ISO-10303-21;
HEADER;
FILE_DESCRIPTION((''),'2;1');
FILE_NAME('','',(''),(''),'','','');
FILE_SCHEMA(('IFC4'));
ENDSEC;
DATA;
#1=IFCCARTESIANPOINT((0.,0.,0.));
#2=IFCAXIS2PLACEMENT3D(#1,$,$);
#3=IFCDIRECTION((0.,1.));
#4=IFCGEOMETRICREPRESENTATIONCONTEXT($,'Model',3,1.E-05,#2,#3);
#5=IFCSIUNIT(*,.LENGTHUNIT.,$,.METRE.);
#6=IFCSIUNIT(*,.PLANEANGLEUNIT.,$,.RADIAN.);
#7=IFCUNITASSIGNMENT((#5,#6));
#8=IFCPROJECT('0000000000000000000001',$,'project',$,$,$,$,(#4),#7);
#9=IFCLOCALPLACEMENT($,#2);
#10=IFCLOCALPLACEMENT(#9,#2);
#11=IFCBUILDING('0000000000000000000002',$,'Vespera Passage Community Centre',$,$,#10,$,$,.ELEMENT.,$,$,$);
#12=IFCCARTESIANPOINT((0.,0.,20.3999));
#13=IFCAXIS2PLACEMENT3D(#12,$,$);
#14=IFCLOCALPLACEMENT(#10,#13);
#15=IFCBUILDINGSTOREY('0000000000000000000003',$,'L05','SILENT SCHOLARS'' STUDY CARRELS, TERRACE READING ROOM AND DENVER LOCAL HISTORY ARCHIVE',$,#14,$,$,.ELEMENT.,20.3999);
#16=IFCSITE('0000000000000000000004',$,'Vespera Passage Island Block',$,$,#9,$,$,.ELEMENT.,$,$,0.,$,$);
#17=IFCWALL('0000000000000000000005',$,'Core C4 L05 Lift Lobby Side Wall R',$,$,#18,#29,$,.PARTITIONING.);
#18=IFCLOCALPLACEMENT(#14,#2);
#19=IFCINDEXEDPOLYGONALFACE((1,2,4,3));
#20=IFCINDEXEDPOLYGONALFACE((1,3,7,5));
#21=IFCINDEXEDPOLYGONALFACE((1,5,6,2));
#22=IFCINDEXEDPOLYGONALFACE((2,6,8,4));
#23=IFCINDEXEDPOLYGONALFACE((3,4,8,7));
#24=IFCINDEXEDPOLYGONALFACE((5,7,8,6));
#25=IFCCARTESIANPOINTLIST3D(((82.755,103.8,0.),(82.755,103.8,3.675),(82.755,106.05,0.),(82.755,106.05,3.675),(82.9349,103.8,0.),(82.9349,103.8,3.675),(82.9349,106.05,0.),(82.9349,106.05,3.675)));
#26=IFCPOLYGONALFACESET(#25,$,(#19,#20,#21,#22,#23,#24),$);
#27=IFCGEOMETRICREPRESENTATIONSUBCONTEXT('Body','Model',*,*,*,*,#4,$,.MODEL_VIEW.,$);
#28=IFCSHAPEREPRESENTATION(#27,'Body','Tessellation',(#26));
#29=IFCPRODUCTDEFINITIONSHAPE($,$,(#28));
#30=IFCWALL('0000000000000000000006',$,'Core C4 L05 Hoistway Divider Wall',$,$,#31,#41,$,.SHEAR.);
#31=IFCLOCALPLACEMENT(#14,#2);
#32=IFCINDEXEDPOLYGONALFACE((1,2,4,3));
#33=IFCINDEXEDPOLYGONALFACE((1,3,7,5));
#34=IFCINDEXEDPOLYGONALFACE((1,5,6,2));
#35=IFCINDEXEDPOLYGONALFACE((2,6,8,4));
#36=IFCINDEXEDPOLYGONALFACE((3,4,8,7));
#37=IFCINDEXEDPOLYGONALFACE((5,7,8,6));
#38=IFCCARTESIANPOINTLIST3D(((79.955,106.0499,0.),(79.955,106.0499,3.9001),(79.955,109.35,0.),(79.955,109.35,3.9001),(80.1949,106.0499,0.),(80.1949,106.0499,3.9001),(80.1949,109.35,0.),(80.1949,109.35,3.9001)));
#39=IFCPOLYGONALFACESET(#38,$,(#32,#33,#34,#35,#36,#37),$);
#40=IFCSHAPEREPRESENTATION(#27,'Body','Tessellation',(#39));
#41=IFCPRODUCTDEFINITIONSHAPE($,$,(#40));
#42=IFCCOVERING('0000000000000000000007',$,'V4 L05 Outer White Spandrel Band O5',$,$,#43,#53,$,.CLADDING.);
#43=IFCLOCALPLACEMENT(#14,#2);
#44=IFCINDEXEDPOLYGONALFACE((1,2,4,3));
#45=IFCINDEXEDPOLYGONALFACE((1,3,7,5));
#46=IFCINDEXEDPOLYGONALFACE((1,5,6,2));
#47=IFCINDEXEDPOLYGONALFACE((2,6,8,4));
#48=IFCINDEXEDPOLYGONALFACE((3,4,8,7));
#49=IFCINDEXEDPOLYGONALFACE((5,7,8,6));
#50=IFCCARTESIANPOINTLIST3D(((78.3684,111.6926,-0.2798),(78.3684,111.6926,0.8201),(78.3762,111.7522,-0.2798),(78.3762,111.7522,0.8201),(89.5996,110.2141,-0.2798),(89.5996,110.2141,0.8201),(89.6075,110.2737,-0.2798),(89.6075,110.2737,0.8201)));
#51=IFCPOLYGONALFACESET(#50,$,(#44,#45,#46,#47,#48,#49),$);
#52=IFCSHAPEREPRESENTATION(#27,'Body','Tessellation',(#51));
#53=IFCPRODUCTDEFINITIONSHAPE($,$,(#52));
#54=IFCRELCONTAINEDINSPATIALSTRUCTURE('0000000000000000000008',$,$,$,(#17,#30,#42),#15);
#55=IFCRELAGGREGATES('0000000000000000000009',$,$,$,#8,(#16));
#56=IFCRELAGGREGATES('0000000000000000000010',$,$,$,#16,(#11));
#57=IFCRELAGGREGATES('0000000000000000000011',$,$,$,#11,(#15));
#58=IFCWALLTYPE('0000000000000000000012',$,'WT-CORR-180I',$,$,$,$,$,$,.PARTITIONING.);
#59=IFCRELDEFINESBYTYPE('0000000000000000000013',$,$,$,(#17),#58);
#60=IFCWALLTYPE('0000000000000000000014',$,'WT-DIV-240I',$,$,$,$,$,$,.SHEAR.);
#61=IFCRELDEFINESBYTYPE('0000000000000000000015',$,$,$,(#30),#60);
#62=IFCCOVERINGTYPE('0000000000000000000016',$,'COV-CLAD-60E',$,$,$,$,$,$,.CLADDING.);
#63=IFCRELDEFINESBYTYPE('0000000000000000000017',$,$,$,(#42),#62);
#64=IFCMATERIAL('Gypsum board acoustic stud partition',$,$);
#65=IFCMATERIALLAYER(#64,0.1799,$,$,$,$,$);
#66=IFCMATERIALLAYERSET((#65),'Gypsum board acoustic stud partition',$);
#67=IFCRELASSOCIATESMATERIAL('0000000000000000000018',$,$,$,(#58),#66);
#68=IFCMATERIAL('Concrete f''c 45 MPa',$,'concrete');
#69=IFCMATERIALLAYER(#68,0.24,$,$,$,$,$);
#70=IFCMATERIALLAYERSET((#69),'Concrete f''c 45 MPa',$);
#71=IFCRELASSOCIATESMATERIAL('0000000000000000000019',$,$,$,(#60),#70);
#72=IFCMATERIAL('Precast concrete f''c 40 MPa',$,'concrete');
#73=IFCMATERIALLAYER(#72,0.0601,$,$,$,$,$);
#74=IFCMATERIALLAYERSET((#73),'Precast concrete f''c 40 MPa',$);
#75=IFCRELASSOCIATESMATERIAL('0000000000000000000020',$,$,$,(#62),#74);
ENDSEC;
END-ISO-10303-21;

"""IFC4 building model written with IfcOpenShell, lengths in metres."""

from ifc_helpers import new_model, si_unit, direction, frame, frame_2d, origin, place, context, subcontext, project, spatial, rectangle, extrude, material, layer, layer_set, type_object, element, save


model = new_model("IFC4")

# Units and contexts
model_context = context("Model", 3, precision=1e-05, world=origin(), true_north=direction((0.0, 1.0)))
body_context = subcontext(model_context, "Body", "Model", "MODEL_VIEW")
ifc_project = project(units=[si_unit("LENGTHUNIT", "METRE"), si_unit("PLANEANGLEUNIT", "RADIAN")], contexts=[model_context])

# Site, building, storey
site_placement = place(None, origin())
site = spatial("IfcSite", under=ifc_project, at=site_placement, Name="Vespera Passage Island Block", CompositionType="ELEMENT", RefElevation=0.0)
building_placement = place(site_placement, origin())
building = spatial("IfcBuilding", under=site, at=building_placement, Name="Vespera Passage Community Centre", CompositionType="ELEMENT")
storey_placement = place(building_placement, frame((0.0, 0.0, 20.3999)))
storey = spatial("IfcBuildingStorey", under=building, at=storey_placement, Name="L05", Description="SILENT SCHOLARS' STUDY CARRELS, TERRACE READING ROOM AND DENVER LOCAL HISTORY ARCHIVE", CompositionType="ELEMENT", Elevation=20.3999)

# Walls
ifc_material_1 = material(Name="Gypsum board acoustic stud partition")
ifc_layer_1 = layer(ifc_material_1, 0.1799)
ifc_layer_set_1 = layer_set([ifc_layer_1], Name="Gypsum board acoustic stud partition")
wall_type_1 = type_object("IfcWallType", Name="WT-CORR-180I", PredefinedType="PARTITIONING", material=ifc_layer_set_1)
wall_1_placement = place(storey_placement, frame((82.845, 106.05, 0.0), z_axis=(0.0, 0.0, 1.0), x_axis=(0.0, -1.0, 0.0)))
element("IfcWall", 1, at=wall_1_placement, inside=storey, type_object=wall_type_1, Name="Core C4 L05 Lift Lobby Side Wall R", PredefinedType="PARTITIONING", context=body_context, shape_type="SweptSolid", body=[
    extrude(rectangle(XDim=2.25, YDim=0.1799, at=frame_2d((1.125, 0.0))), origin(), (0.0, 0.0, 1.0), 3.675),
])
ifc_material_2 = material(Name="Concrete f'c 45 MPa", Category="concrete")
ifc_layer_2 = layer(ifc_material_2, 0.24)
ifc_layer_set_2 = layer_set([ifc_layer_2], Name="Concrete f'c 45 MPa")
wall_type_2 = type_object("IfcWallType", Name="WT-DIV-240I", PredefinedType="SHEAR", material=ifc_layer_set_2)
wall_2_placement = place(storey_placement, frame((80.075, 106.05, 0.0), z_axis=(0.0, 0.0, 1.0), x_axis=(0.0, 1.0, 0.0)))
element("IfcWall", 2, at=wall_2_placement, inside=storey, type_object=wall_type_2, Name="Core C4 L05 Hoistway Divider Wall", PredefinedType="SHEAR", context=body_context, shape_type="SweptSolid", body=[
    extrude(rectangle(XDim=3.3, YDim=0.24, at=frame_2d((1.6499, 0.0))), origin(), (0.0, 0.0, 1.0), 3.9001),
])

# Covering
ifc_material_3 = material(Name="Precast concrete f'c 40 MPa", Category="concrete")
ifc_layer_3 = layer(ifc_material_3, 0.0601)
ifc_layer_set_3 = layer_set([ifc_layer_3], Name="Precast concrete f'c 40 MPa")
covering_type = type_object("IfcCoveringType", Name="COV-CLAD-60E", PredefinedType="CLADDING", material=ifc_layer_set_3)
covering_placement = place(storey_placement, frame((78.3723, 111.7224, -0.2798), z_axis=(0.0, 0.0, 1.0), x_axis=(0.991446, -0.130518, 0.0)))
element("IfcCovering", 3, at=covering_placement, inside=storey, type_object=covering_type, Name="V4 L05 Outer White Spandrel Band O5", PredefinedType="CLADDING", context=body_context, shape_type="SweptSolid", body=[
    extrude(rectangle(XDim=11.3281, YDim=0.0601, at=frame_2d((5.6641, 0.0))), origin(), (0.0, 0.0, 1.0), 1.0999),
])

save(model, "model.ifc")
